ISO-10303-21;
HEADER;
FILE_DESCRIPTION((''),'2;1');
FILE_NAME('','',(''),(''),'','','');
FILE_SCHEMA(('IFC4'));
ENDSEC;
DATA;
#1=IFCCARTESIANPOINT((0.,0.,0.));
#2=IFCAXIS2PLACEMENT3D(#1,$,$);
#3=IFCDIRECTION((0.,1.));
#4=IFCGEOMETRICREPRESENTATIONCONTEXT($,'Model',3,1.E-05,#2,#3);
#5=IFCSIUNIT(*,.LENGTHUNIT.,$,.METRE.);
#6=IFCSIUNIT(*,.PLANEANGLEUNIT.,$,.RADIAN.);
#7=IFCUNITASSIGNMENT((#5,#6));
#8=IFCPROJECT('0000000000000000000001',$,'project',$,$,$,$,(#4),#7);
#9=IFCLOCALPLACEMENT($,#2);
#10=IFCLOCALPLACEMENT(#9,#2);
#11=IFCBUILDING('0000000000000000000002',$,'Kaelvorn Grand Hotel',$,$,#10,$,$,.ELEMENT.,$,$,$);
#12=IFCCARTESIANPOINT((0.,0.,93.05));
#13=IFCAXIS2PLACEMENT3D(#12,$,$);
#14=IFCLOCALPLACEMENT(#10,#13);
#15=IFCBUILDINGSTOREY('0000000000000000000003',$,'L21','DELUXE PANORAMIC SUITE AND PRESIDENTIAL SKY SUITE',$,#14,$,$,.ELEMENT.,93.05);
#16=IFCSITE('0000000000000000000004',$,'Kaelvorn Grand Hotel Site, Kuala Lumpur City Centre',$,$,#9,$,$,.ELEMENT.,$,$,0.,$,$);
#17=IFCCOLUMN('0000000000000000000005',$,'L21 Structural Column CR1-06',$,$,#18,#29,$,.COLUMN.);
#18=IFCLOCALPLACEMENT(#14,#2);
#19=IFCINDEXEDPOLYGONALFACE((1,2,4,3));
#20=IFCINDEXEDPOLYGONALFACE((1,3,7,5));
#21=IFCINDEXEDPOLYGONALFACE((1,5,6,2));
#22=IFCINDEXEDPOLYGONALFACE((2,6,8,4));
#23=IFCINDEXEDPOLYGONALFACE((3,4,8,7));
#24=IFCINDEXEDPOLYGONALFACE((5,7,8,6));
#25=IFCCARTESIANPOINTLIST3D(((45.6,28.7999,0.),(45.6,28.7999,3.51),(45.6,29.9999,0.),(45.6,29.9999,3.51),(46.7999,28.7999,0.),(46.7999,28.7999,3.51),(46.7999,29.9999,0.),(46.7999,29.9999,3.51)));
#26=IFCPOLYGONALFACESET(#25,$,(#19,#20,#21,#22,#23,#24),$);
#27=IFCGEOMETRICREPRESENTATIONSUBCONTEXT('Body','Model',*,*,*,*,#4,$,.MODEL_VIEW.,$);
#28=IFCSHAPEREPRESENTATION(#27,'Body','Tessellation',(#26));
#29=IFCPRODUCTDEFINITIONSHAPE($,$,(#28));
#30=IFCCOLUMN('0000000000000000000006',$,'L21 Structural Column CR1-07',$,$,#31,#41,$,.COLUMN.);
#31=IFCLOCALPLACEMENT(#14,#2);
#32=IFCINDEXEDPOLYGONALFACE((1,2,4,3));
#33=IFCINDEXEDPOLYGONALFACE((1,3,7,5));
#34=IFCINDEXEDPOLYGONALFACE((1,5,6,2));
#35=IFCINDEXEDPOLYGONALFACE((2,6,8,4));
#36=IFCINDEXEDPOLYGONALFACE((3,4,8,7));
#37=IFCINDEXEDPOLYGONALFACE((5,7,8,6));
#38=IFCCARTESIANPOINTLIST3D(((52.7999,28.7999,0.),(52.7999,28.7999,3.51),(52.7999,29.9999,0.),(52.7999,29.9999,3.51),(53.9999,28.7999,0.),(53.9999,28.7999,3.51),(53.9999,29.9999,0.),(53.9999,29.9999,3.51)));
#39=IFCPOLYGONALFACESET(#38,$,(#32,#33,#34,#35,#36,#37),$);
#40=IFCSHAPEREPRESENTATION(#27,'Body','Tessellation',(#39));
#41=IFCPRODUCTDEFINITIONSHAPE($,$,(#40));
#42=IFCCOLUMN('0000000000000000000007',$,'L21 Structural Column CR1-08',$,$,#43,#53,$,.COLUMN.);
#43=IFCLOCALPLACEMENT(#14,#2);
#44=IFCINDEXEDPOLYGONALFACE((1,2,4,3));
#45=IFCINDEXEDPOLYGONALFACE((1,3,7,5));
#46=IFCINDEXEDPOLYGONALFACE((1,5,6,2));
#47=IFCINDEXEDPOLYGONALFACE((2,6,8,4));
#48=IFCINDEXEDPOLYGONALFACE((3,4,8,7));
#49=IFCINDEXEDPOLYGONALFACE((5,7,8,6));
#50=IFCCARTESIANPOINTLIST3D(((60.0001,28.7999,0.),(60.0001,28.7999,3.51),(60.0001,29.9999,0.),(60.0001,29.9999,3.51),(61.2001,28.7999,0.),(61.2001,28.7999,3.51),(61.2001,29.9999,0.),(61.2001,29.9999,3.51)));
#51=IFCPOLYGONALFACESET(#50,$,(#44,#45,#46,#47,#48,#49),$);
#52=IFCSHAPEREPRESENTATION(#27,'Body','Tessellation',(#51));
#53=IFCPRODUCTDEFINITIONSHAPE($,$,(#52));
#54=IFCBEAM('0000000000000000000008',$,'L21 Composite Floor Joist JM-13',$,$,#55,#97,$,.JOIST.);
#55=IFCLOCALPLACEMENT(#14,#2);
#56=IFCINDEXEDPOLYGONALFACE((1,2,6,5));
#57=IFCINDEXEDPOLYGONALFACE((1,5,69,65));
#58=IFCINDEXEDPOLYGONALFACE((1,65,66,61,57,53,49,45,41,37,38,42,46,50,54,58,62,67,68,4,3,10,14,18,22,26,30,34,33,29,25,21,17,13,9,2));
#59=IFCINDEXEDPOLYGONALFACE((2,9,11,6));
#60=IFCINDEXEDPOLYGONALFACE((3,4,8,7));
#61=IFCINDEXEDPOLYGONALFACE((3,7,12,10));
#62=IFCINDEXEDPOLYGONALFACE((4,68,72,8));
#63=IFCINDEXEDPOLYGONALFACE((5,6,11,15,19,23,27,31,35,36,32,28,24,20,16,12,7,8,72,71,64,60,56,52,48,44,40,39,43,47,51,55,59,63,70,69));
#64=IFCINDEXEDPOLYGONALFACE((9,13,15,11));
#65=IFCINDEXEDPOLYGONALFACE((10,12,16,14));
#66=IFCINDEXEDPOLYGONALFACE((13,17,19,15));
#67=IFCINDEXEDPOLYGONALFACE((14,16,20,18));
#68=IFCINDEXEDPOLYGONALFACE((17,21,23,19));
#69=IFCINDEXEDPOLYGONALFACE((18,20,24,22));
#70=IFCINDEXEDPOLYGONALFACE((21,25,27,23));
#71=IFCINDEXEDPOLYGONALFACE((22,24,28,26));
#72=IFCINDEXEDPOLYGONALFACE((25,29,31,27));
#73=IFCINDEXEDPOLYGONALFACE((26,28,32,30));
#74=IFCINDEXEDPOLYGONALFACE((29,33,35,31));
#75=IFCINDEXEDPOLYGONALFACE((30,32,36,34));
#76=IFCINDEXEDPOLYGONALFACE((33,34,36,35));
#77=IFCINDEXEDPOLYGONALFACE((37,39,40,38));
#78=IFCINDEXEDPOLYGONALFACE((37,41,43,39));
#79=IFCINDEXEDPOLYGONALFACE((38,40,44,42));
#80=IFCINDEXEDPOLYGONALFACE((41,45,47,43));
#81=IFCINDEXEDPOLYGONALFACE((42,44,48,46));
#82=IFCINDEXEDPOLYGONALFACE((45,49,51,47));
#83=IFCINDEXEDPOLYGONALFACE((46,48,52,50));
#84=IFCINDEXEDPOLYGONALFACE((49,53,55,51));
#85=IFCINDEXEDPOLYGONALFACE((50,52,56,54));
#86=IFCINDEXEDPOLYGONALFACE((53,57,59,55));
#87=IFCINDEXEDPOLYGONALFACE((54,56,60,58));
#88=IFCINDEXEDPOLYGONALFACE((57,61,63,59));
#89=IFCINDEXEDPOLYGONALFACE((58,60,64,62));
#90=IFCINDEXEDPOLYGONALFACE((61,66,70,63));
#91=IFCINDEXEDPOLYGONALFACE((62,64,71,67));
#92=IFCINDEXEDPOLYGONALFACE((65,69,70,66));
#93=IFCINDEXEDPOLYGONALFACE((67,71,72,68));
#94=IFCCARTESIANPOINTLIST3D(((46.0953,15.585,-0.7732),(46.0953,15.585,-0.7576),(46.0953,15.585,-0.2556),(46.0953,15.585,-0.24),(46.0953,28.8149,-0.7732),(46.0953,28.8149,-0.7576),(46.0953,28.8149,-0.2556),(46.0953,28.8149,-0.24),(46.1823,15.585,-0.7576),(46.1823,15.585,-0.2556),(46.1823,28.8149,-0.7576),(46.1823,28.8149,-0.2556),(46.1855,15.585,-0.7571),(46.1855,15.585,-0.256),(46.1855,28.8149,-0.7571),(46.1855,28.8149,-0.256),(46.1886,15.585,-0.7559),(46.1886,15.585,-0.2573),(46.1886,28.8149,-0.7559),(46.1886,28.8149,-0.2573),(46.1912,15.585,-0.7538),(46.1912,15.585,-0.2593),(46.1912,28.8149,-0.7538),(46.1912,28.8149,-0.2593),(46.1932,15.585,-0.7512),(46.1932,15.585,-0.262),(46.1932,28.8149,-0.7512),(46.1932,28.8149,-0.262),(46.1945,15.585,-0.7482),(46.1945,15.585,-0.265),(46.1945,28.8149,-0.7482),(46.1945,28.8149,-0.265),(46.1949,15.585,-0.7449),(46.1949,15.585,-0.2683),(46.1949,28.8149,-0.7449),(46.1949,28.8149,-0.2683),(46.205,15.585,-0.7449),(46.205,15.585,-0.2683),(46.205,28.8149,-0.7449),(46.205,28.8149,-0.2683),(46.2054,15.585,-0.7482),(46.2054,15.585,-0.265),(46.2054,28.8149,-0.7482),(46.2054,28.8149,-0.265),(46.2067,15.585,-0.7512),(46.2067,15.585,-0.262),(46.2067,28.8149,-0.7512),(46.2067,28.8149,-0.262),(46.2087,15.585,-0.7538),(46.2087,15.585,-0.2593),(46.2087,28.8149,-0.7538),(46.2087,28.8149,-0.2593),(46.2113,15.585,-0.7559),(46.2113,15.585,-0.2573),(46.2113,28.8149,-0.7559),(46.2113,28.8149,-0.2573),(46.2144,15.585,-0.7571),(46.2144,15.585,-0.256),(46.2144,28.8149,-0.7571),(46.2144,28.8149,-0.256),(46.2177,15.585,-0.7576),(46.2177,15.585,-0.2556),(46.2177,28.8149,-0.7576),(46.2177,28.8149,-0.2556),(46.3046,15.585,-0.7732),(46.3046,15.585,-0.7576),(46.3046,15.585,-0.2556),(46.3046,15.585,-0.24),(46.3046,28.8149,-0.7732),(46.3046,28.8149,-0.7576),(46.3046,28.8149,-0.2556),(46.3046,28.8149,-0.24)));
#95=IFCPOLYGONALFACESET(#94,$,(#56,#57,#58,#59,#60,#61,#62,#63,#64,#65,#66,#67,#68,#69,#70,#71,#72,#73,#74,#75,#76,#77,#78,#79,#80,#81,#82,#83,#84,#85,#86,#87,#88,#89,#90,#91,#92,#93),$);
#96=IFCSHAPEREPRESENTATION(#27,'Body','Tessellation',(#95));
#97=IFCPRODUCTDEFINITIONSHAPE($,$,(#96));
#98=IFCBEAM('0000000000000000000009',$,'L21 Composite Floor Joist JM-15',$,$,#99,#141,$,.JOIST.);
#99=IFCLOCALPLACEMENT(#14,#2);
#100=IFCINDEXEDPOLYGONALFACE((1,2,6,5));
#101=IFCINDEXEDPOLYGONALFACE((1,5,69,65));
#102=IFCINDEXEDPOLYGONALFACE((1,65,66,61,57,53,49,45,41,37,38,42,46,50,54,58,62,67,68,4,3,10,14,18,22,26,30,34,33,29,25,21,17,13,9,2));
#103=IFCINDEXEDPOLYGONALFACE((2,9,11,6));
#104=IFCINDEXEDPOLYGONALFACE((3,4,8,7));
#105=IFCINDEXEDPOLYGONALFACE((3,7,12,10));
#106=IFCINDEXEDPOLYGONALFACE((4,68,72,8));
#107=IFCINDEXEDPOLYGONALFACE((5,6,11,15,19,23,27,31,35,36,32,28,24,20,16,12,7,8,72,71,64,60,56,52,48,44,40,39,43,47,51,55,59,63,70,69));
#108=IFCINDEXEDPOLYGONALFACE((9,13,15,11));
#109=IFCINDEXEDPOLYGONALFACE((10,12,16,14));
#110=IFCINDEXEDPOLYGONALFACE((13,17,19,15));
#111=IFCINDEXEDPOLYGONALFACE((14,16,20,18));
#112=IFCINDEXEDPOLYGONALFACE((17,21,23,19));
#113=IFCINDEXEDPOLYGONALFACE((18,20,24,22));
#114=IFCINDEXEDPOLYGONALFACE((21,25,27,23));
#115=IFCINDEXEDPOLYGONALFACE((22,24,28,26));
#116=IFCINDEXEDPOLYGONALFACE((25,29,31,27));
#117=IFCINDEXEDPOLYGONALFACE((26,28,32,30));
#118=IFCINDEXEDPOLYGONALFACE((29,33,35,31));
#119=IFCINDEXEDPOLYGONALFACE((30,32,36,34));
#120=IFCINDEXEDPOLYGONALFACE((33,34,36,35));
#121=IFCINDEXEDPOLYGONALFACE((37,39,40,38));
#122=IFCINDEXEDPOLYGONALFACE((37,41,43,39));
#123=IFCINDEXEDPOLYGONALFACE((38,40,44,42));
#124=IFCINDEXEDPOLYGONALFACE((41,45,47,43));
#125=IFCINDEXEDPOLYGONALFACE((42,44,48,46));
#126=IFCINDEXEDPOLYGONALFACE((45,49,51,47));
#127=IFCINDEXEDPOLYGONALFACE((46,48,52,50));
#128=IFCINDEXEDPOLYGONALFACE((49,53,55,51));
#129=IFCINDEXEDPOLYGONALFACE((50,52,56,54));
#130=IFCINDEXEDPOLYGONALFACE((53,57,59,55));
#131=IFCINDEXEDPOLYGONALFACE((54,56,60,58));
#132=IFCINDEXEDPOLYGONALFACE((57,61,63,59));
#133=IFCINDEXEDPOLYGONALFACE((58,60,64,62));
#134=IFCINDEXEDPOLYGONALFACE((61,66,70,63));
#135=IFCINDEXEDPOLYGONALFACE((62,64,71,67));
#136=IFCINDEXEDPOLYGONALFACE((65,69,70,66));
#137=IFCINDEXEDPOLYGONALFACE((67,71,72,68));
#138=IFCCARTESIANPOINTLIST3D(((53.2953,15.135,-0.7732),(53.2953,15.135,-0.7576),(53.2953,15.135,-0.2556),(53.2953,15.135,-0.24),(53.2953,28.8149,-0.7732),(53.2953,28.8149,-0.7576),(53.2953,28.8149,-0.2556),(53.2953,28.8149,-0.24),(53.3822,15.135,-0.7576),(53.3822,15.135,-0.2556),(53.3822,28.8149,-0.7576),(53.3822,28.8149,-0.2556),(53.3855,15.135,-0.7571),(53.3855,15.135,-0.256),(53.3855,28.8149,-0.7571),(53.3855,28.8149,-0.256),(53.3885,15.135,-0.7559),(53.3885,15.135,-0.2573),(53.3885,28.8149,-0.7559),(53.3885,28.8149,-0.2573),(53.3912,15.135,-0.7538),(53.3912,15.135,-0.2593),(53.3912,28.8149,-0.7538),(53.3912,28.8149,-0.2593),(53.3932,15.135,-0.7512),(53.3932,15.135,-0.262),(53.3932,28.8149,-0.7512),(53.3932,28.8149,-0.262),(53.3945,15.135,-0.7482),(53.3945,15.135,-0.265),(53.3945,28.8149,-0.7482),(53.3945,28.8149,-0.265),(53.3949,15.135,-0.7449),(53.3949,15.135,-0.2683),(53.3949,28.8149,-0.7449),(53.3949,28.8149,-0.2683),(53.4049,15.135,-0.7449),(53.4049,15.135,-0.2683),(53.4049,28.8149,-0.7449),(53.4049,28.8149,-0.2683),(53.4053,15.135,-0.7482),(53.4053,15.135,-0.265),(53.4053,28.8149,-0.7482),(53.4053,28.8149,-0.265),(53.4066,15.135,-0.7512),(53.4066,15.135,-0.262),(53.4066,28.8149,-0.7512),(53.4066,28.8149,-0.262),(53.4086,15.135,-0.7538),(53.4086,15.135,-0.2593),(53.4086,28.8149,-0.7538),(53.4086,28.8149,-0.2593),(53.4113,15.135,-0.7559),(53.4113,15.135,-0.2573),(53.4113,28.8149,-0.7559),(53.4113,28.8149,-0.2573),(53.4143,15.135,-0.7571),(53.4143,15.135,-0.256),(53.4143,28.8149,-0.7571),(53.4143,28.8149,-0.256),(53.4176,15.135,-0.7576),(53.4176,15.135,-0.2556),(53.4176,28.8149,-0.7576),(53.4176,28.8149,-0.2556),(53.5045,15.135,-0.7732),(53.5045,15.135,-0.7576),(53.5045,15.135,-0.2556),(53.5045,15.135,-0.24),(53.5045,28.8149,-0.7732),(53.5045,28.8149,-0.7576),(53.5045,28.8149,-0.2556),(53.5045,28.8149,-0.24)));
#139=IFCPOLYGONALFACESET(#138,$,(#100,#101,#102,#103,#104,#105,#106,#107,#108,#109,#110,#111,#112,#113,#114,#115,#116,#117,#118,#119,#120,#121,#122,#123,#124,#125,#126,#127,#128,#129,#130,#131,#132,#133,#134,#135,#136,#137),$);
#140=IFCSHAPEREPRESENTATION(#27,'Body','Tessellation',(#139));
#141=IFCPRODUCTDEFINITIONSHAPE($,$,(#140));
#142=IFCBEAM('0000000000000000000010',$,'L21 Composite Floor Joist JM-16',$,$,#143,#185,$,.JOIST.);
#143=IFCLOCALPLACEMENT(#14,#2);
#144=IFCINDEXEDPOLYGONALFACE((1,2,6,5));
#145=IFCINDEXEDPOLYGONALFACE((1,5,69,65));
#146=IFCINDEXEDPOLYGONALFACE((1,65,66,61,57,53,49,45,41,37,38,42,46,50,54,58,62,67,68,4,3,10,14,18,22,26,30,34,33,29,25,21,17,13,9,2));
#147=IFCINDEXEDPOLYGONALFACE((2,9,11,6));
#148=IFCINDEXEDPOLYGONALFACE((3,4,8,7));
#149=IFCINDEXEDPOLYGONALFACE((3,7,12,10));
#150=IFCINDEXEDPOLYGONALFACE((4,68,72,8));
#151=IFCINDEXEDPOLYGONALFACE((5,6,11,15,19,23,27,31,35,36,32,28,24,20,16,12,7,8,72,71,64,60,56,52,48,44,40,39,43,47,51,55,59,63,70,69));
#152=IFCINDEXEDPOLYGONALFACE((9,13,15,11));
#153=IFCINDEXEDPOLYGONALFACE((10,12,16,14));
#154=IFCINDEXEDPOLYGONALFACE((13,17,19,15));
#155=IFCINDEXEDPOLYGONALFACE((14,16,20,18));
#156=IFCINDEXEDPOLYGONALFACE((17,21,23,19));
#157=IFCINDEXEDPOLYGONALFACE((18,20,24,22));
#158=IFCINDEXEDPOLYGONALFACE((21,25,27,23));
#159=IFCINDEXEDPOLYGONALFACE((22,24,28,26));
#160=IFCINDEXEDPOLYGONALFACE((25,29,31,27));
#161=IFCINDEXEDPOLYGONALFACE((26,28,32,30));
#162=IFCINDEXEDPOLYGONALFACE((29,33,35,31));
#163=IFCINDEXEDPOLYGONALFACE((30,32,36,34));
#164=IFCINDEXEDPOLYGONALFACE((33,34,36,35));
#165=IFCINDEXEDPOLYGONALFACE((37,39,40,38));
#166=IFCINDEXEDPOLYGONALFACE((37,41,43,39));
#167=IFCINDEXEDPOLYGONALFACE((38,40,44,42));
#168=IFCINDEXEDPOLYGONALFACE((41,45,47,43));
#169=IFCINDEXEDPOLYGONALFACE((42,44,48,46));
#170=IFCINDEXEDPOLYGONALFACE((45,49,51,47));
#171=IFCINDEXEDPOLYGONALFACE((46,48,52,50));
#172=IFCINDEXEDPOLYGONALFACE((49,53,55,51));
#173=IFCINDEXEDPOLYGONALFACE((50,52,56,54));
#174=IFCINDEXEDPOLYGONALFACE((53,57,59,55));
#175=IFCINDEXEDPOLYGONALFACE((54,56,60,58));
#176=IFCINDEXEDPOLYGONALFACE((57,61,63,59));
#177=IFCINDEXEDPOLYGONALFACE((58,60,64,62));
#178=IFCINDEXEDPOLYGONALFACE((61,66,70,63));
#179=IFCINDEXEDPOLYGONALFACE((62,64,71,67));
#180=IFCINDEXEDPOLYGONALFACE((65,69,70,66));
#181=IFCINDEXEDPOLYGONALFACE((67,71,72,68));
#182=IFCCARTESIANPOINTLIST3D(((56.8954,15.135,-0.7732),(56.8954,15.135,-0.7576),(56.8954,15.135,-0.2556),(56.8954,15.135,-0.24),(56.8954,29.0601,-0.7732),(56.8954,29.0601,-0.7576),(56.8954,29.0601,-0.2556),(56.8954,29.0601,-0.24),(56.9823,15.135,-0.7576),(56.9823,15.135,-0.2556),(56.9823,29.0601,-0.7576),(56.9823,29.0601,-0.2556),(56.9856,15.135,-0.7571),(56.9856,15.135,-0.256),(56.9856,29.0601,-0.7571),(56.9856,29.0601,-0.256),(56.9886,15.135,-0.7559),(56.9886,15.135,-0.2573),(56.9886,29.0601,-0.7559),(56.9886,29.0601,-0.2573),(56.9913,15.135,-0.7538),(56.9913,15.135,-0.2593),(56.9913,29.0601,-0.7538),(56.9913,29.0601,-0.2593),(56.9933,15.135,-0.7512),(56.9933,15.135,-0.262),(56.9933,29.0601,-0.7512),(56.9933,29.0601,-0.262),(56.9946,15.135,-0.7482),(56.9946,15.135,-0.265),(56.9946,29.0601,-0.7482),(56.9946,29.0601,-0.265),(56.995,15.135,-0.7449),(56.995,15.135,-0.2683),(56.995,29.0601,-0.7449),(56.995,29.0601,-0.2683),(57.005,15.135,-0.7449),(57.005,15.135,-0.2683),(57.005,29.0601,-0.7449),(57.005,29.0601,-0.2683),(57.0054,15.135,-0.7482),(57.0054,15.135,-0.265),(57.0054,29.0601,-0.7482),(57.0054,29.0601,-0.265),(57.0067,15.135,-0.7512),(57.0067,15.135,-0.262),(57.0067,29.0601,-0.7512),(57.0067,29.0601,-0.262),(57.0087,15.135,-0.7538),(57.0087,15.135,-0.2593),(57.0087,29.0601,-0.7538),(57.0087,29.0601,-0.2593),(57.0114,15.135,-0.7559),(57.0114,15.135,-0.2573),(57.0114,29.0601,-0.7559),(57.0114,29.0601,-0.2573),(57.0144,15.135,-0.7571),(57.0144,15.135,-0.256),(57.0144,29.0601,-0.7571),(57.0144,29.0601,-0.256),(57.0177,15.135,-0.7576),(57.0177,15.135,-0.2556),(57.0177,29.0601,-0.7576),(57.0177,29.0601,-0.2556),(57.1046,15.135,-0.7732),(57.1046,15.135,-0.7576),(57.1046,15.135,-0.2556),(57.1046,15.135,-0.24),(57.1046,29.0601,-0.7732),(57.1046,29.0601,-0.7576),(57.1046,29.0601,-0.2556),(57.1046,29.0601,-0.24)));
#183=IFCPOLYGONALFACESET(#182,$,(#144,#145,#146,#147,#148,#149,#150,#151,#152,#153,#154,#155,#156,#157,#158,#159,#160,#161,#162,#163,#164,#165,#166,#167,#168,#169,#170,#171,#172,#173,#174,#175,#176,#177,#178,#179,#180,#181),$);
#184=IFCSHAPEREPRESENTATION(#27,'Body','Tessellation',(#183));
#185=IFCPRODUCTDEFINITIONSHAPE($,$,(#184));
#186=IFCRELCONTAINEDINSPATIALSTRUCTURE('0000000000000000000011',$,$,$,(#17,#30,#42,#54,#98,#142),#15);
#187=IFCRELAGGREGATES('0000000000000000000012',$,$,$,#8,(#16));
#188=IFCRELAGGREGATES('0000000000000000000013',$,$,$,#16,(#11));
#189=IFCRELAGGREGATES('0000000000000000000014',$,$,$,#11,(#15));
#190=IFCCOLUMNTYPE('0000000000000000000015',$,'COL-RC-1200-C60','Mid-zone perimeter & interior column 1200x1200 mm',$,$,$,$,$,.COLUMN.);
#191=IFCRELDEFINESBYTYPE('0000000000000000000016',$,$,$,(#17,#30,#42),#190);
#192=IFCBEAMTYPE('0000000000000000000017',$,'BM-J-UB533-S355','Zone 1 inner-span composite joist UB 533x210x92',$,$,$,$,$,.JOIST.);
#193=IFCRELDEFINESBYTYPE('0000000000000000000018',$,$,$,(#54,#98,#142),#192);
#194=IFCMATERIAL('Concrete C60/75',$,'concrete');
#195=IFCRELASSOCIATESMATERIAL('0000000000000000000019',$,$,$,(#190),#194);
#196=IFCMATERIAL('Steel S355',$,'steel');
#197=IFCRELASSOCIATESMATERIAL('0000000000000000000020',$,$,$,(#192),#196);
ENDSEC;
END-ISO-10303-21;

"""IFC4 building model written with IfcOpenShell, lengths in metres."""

from ifc_helpers import new_model, si_unit, direction, frame, origin, origin_2d, place, context, subcontext, project, spatial, rectangle, i_section, extrude, material, material_profile, profile_set, type_object, element, save


model = new_model("IFC4")

# Units and contexts
model_context = context("Model", 3, precision=1e-05, world=origin(), true_north=direction((0.0, 1.0)))
body_context = subcontext(model_context, "Body", "Model", "MODEL_VIEW")
ifc_project = project(units=[si_unit("LENGTHUNIT", "METRE"), si_unit("PLANEANGLEUNIT", "RADIAN")], contexts=[model_context])

# Site, building, storey
site_placement = place(None, origin())
site = spatial("IfcSite", under=ifc_project, at=site_placement, Name="Kaelvorn Grand Hotel Site, Kuala Lumpur City Centre", CompositionType="ELEMENT", RefElevation=0.0)
building_placement = place(site_placement, origin())
building = spatial("IfcBuilding", under=site, at=building_placement, Name="Kaelvorn Grand Hotel", CompositionType="ELEMENT")
storey_placement = place(building_placement, frame((0.0, 0.0, 93.05)))
storey = spatial("IfcBuildingStorey", under=building, at=storey_placement, Name="L21", Description="DELUXE PANORAMIC SUITE AND PRESIDENTIAL SKY SUITE", CompositionType="ELEMENT", Elevation=93.05)

# Columns
ifc_material_1 = material(Name="Concrete C60/75", Category="concrete")
ifc_material_profile_1 = material_profile(ifc_material_1, rectangle(XDim=1.2, YDim=1.2, at=origin_2d()), Name="RC COL 1200x1200")
ifc_profile_set_1 = profile_set([ifc_material_profile_1], Name="Concrete C60/75")
column_type = type_object("IfcColumnType", Name="COL-RC-1200-C60", Description="Mid-zone perimeter & interior column 1200x1200 mm", PredefinedType="COLUMN", material=ifc_profile_set_1)
for number, where, z_axis, x_axis, name in (
    (1, (46.2, 29.3999, 0.0), (0.0, 0.0, 1.0), (1.0, 0.0, 0.0), "L21 Structural Column CR1-06"),
    (2, (53.3999, 29.3999, 0.0), (0.0, 0.0, 1.0), (1.0, 0.0, 0.0), "L21 Structural Column CR1-07"),
    (3, (60.6001, 29.3999, 0.0), (0.0, 0.0, 1.0), (1.0, 0.0, 0.0), "L21 Structural Column CR1-08"),
):
    element("IfcColumn", number, at=place(storey_placement, frame(where, z_axis=z_axis, x_axis=x_axis)), inside=storey, type_object=column_type, Name=name, PredefinedType="COLUMN", context=body_context, shape_type="SweptSolid", body=[
        extrude(rectangle(XDim=1.2, YDim=1.2, at=origin_2d()), origin(), (0.0, 0.0, 1.0), 3.51),
    ])

# Beams
ifc_material_2 = material(Name="Steel S355", Category="steel")
ifc_material_profile_2 = material_profile(ifc_material_2, i_section(OverallWidth=0.2092, OverallDepth=0.5332, WebThickness=0.01, FlangeThickness=0.0156, FilletRadius=0.0127, at=origin_2d()), Name="UB 533x210x92")
ifc_profile_set_2 = profile_set([ifc_material_profile_2], Name="Steel S355")
beam_type_1 = type_object("IfcBeamType", Name="BM-J-UB533-S355", Description="Zone 1 inner-span composite joist UB 533x210x92", PredefinedType="JOIST", material=ifc_profile_set_2)
beam_1_placement = place(storey_placement, frame((46.2, 15.585, -0.5066), z_axis=(0.0, 1.0, 0.0), x_axis=(-1.0, 0.0, 0.0)))
element("IfcBeam", 4, at=beam_1_placement, inside=storey, type_object=beam_type_1, Name="L21 Composite Floor Joist JM-13", PredefinedType="JOIST", context=body_context, shape_type="SweptSolid", body=[
    extrude(i_section(OverallWidth=0.2092, OverallDepth=0.5332, WebThickness=0.01, FlangeThickness=0.0156, FilletRadius=0.0127, at=origin_2d()), origin(), (0.0, 0.0, 1.0), 13.23),
])
beam_2_placement = place(storey_placement, frame((53.3999, 15.135, -0.5066), z_axis=(0.0, 1.0, 0.0), x_axis=(-1.0, 0.0, 0.0)))
element("IfcBeam", 5, at=beam_2_placement, inside=storey, type_object=beam_type_1, Name="L21 Composite Floor Joist JM-15", PredefinedType="JOIST", context=body_context, shape_type="SweptSolid", body=[
    extrude(i_section(OverallWidth=0.2092, OverallDepth=0.5332, WebThickness=0.01, FlangeThickness=0.0156, FilletRadius=0.0127, at=origin_2d()), origin(), (0.0, 0.0, 1.0), 13.6799),
])
beam_3_placement = place(storey_placement, frame((57.0, 15.135, -0.5066), z_axis=(0.0, 1.0, 0.0), x_axis=(-1.0, 0.0, 0.0)))
element("IfcBeam", 6, at=beam_3_placement, inside=storey, type_object=beam_type_1, Name="L21 Composite Floor Joist JM-16", PredefinedType="JOIST", context=body_context, shape_type="SweptSolid", body=[
    extrude(i_section(OverallWidth=0.2092, OverallDepth=0.5332, WebThickness=0.01, FlangeThickness=0.0156, FilletRadius=0.0127, at=origin_2d()), origin(), (0.0, 0.0, 1.0), 13.925),
])

save(model, "model.ifc")
